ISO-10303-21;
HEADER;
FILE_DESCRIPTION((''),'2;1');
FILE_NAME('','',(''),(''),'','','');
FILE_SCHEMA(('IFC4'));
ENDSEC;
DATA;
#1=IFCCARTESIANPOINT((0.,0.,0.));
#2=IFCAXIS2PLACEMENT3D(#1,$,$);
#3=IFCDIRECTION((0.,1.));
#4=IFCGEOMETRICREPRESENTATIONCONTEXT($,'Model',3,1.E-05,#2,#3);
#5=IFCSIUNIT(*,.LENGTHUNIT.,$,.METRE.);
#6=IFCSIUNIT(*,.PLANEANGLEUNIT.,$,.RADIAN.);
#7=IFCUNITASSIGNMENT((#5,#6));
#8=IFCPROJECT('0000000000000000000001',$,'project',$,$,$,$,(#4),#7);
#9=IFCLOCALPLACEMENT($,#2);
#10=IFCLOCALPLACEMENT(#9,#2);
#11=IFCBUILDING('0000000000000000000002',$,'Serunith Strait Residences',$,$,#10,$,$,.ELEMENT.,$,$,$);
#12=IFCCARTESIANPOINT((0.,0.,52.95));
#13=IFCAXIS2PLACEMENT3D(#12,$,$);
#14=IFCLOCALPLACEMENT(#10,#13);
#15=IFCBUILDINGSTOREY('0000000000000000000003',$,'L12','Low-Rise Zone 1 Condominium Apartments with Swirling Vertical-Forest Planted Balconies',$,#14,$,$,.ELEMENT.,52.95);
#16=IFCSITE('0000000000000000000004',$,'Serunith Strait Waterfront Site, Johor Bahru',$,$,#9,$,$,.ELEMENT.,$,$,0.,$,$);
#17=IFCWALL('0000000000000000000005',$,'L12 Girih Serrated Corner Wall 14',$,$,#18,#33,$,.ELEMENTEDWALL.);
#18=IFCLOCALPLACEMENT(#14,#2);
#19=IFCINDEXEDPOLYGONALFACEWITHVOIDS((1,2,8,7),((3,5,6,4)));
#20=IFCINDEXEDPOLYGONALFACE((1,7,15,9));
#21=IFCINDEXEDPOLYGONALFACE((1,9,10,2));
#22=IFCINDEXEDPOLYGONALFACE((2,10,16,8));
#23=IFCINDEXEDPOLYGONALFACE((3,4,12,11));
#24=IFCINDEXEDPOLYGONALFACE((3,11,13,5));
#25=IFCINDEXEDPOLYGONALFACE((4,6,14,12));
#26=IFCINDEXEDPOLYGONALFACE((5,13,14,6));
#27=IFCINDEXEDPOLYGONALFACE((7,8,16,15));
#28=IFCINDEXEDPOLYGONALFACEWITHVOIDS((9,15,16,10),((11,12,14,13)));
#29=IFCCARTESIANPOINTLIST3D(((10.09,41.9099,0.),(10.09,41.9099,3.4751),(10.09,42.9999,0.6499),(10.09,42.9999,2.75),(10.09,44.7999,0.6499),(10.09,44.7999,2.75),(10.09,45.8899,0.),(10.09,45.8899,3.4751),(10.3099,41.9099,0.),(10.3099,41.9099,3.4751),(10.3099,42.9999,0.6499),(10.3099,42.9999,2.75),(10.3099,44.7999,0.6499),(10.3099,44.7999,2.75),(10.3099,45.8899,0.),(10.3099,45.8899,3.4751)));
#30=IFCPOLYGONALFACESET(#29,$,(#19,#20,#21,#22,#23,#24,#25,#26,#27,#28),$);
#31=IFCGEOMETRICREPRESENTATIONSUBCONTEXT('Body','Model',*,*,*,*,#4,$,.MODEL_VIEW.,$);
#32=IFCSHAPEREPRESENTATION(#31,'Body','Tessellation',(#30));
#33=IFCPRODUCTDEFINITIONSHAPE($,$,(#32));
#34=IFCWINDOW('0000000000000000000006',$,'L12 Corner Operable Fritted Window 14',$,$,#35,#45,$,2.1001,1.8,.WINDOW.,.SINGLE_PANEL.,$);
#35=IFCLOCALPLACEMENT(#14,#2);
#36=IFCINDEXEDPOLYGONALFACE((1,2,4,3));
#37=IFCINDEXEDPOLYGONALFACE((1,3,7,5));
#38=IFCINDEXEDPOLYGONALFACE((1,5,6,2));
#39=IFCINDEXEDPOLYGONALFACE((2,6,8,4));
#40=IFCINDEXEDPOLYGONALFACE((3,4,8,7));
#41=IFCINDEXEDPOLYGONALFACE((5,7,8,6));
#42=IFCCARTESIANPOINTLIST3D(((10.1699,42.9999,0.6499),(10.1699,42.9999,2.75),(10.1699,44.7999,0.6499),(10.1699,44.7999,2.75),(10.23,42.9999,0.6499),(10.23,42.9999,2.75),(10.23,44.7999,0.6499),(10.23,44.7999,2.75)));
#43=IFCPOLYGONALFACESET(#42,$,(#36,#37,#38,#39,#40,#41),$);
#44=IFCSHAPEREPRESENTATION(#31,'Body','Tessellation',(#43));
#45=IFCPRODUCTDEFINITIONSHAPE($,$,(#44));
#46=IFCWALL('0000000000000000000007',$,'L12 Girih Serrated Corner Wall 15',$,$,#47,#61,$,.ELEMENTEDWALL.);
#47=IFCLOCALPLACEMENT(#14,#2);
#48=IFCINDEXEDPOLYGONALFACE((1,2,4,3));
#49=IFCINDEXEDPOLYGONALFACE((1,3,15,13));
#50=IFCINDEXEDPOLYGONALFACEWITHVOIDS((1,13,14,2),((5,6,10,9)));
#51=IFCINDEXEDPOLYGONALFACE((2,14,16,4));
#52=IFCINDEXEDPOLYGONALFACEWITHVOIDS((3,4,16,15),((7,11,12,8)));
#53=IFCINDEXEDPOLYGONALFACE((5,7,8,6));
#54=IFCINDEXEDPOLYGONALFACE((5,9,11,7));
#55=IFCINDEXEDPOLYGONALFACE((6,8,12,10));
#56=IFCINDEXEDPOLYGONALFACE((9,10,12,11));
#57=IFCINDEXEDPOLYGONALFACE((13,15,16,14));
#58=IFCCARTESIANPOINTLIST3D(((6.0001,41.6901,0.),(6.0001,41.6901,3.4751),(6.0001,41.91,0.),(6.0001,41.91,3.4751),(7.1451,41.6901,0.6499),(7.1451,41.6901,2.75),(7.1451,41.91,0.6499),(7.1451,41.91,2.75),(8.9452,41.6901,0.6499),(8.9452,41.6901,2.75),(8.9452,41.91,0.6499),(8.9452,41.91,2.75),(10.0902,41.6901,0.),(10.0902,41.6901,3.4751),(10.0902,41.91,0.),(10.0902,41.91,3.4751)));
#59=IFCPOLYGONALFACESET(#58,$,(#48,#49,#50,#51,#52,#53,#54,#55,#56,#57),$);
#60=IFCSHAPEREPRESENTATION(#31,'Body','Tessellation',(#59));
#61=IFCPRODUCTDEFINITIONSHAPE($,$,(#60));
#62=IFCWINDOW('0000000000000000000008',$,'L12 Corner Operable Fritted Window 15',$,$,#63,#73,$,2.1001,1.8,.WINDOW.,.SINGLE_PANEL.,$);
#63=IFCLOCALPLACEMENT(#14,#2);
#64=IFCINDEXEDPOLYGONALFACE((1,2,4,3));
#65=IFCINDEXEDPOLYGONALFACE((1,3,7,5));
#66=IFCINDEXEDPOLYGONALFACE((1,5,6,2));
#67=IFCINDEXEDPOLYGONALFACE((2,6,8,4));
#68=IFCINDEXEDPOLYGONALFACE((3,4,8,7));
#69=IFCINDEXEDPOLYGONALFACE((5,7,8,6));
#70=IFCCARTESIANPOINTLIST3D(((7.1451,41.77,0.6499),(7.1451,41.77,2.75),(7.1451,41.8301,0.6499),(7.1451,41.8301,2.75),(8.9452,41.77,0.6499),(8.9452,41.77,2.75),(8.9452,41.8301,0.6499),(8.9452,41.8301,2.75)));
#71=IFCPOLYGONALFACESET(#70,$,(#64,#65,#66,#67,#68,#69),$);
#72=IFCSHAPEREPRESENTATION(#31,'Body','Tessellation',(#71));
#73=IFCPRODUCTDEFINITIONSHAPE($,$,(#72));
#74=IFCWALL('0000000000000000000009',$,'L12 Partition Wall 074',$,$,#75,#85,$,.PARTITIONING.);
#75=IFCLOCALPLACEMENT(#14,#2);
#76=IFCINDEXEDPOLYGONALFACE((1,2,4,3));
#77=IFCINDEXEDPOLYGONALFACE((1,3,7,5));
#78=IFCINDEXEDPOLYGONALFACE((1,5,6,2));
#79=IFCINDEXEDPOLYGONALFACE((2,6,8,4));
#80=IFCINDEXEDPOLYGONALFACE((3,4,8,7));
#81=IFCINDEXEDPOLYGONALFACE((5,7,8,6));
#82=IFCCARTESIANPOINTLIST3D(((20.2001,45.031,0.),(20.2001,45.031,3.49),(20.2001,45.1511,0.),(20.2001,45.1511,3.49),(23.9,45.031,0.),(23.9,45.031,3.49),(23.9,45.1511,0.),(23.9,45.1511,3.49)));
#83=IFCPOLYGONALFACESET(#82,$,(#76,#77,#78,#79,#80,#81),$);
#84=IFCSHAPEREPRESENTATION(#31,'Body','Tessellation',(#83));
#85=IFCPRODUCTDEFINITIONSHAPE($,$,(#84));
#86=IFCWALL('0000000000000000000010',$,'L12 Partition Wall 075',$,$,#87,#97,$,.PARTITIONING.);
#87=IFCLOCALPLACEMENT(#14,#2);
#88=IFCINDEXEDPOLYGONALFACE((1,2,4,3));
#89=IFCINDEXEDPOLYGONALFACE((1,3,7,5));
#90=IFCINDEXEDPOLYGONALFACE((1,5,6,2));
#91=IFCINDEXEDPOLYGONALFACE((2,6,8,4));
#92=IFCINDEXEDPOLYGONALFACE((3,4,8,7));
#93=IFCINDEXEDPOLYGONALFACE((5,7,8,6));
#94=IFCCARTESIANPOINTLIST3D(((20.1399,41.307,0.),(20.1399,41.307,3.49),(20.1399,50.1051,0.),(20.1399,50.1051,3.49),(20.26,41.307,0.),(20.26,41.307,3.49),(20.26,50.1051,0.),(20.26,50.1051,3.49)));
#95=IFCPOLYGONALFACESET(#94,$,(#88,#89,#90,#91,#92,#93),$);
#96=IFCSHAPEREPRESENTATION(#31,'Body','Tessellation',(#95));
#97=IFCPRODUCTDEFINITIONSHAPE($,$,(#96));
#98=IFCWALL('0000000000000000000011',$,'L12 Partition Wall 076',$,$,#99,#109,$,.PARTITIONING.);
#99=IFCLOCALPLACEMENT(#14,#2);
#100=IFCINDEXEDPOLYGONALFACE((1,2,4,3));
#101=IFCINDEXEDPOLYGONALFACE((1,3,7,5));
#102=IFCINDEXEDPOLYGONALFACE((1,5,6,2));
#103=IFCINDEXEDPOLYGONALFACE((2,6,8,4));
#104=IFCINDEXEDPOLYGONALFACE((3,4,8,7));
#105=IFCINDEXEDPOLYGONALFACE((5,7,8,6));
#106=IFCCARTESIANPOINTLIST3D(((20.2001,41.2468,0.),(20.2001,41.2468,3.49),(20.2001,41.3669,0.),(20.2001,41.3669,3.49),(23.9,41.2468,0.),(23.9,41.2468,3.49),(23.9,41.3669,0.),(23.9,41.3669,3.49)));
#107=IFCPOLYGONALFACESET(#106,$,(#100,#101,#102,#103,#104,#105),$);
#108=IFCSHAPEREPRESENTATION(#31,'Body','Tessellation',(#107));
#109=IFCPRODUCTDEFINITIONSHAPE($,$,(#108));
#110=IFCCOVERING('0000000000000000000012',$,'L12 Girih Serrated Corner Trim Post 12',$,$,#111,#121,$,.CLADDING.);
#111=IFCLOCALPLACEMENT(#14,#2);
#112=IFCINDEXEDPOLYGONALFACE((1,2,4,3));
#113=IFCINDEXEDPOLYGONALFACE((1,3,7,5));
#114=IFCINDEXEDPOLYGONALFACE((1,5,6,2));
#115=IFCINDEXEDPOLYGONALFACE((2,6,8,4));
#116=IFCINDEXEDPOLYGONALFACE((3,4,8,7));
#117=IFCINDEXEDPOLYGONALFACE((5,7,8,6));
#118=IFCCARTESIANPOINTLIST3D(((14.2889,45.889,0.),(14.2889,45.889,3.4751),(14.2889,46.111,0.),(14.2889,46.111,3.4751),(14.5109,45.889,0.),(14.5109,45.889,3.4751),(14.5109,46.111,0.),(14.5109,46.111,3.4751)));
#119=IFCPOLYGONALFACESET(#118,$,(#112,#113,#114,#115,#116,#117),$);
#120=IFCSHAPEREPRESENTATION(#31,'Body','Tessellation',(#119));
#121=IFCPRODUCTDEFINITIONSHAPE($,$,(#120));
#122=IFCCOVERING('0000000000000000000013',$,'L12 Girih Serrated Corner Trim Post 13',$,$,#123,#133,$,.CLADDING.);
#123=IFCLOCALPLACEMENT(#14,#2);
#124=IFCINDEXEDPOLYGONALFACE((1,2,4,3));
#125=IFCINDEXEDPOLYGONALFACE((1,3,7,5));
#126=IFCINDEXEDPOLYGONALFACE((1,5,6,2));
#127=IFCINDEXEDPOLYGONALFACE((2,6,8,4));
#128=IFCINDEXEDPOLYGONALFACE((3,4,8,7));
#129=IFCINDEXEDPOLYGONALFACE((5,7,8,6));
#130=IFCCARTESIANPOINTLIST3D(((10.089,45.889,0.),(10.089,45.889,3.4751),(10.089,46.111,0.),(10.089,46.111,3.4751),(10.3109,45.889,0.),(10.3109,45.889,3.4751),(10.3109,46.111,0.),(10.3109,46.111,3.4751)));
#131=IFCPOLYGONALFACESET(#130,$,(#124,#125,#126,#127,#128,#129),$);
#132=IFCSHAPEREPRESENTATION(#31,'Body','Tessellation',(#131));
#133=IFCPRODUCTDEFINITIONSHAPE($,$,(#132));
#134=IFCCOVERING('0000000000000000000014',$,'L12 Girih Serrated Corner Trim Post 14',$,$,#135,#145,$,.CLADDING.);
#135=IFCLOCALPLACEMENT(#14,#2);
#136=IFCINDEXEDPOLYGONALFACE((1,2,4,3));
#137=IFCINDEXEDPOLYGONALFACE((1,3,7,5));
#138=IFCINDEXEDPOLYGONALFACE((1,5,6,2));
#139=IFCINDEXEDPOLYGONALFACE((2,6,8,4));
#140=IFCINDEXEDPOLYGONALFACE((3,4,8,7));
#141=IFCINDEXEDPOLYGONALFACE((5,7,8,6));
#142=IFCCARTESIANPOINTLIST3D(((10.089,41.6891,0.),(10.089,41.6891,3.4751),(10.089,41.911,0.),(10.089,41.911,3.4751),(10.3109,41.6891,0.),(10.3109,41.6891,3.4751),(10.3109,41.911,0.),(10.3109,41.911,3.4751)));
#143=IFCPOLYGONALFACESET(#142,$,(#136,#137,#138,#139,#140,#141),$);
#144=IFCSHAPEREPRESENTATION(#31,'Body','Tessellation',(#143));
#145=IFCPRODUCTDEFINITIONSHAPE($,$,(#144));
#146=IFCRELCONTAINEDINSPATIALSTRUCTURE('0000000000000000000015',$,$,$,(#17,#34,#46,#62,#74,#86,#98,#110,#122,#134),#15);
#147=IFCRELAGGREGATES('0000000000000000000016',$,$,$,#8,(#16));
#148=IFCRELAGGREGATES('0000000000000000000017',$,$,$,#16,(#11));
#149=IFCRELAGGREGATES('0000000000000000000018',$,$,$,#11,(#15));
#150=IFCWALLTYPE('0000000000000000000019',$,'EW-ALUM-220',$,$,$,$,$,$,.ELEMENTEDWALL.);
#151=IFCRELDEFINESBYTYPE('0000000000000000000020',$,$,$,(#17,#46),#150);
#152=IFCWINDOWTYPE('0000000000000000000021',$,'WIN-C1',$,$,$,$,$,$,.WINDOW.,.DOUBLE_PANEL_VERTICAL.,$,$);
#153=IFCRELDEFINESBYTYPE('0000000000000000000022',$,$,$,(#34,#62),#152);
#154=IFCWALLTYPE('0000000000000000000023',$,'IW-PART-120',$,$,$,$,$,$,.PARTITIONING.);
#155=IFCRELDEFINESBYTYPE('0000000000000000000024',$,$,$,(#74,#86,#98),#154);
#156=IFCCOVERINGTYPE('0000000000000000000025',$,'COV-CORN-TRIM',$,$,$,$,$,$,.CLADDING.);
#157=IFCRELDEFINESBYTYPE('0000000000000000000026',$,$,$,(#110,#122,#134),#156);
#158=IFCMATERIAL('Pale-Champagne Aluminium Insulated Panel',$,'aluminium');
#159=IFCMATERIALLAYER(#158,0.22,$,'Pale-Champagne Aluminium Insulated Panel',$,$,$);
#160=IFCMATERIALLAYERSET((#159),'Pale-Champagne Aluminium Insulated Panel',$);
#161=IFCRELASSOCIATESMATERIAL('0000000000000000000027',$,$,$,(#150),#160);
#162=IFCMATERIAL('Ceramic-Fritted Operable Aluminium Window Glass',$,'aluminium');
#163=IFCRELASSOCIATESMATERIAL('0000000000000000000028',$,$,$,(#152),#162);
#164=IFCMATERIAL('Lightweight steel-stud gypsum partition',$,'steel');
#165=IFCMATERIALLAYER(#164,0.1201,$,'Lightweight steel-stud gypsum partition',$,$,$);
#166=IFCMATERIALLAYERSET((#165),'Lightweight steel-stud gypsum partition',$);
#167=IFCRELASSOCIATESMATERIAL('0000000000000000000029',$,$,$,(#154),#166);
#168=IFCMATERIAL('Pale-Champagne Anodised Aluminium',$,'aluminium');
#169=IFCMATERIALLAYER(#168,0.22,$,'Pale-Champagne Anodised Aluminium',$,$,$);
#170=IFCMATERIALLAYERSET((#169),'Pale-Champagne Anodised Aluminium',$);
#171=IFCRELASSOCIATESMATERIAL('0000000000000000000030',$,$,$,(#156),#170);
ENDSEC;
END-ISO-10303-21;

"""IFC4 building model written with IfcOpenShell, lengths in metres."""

from ifc_helpers import new_model, si_unit, direction, frame, frame_2d, origin, origin_2d, place, context, subcontext, project, spatial, rectangle, extrude, source, transform, mapped, material, layer, layer_set, type_object, element, fill, save


model = new_model("IFC4")

# Units and contexts
model_context = context("Model", 3, precision=1e-05, world=origin(), true_north=direction((0.0, 1.0)))
body_context = subcontext(model_context, "Body", "Model", "MODEL_VIEW")
ifc_project = project(units=[si_unit("LENGTHUNIT", "METRE"), si_unit("PLANEANGLEUNIT", "RADIAN")], contexts=[model_context])

# Site, building, storey
site_placement = place(None, origin())
site = spatial("IfcSite", under=ifc_project, at=site_placement, Name="Serunith Strait Waterfront Site, Johor Bahru", CompositionType="ELEMENT", RefElevation=0.0)
building_placement = place(site_placement, origin())
building = spatial("IfcBuilding", under=site, at=building_placement, Name="Serunith Strait Residences", CompositionType="ELEMENT")
storey_placement = place(building_placement, frame((0.0, 0.0, 52.95)))
storey = spatial("IfcBuildingStorey", under=building, at=storey_placement, Name="L12", Description="Low-Rise Zone 1 Condominium Apartments with Swirling Vertical-Forest Planted Balconies", CompositionType="ELEMENT", Elevation=52.95)

# Shared definitions
ifc_material_1 = material(Name="Pale-Champagne Anodised Aluminium", Category="aluminium")

# Walls, openings, windows
ifc_material_2 = material(Name="Pale-Champagne Aluminium Insulated Panel", Category="aluminium")
ifc_layer_1 = layer(ifc_material_2, 0.22, Name="Pale-Champagne Aluminium Insulated Panel")
ifc_layer_set_1 = layer_set([ifc_layer_1], Name="Pale-Champagne Aluminium Insulated Panel")
wall_type_1 = type_object("IfcWallType", Name="EW-ALUM-220", PredefinedType="ELEMENTEDWALL", material=ifc_layer_set_1)
ifc_material_3 = material(Name="Ceramic-Fritted Operable Aluminium Window Glass", Category="aluminium")
window_type = type_object("IfcWindowType", Name="WIN-C1", PartitioningType="DOUBLE_PANEL_VERTICAL", PredefinedType="WINDOW", material=ifc_material_3)
shared_shape_1 = source(origin(), body_context, "Body", "SweptSolid", [
    extrude(rectangle(XDim=1.8, YDim=2.1001, at=frame_2d((0.8999, 1.05))), frame((0.0, 0.03, 0.0), z_axis=(0.0, -1.0, 0.0), x_axis=(1.0, 0.0, 0.0)), (0.0, 0.0, 1.0), 0.0601),
])
wall_1_placement = place(storey_placement, frame((10.2, 45.8899, 0.0), z_axis=(0.0, 0.0, 1.0), x_axis=(0.0, -1.0, 0.0)))
wall_1 = element("IfcWall", 1, at=wall_1_placement, inside=storey, type_object=wall_type_1, Name="L12 Girih Serrated Corner Wall 14", PredefinedType="ELEMENTEDWALL", context=body_context, shape_type="SweptSolid", body=[
    extrude(rectangle(XDim=3.98, YDim=0.22, at=frame_2d((1.99, 0.0))), origin(), (0.0, 0.0, 1.0), 3.4751),
])
opening_1_placement = place(wall_1_placement, frame((1.0901, 0.0, 0.6499)))
opening_1 = element("IfcOpeningElement", 2, at=opening_1_placement, cuts=wall_1, PredefinedType="OPENING", context=body_context, shape_type="SweptSolid", body=[
    extrude(rectangle(XDim=1.8, YDim=2.1001, at=frame_2d((0.8999, 1.05))), frame((0.0, 0.1201, 0.0), z_axis=(0.0, -1.0, 0.0), x_axis=(1.0, 0.0, 0.0)), (0.0, 0.0, 1.0), 0.24),
])
window_1_placement = place(opening_1_placement, origin())
window_1 = element("IfcWindow", 3, at=window_1_placement, inside=storey, type_object=window_type, Name="L12 Corner Operable Fritted Window 14", OverallHeight=2.1001, OverallWidth=1.8, PartitioningType="SINGLE_PANEL", PredefinedType="WINDOW", context=body_context, shape_type="MappedRepresentation", body=[
    mapped(shared_shape_1, transform((0.0, 0.0, 0.0), scale=1.0)),
])
fill(opening_1, window_1)
wall_2_placement = place(storey_placement, frame((10.0901, 41.8, 0.0), z_axis=(0.0, 0.0, 1.0), x_axis=(-1.0, 0.0, 0.0)))
wall_2 = element("IfcWall", 4, at=wall_2_placement, inside=storey, type_object=wall_type_1, Name="L12 Girih Serrated Corner Wall 15", PredefinedType="ELEMENTEDWALL", context=body_context, shape_type="SweptSolid", body=[
    extrude(rectangle(XDim=4.0901, YDim=0.22, at=frame_2d((2.0449, 0.0))), origin(), (0.0, 0.0, 1.0), 3.4751),
])
opening_2_placement = place(wall_2_placement, frame((1.145, 0.0, 0.6499)))
opening_2 = element("IfcOpeningElement", 5, at=opening_2_placement, cuts=wall_2, PredefinedType="OPENING", context=body_context, shape_type="SweptSolid", body=[
    extrude(rectangle(XDim=1.8, YDim=2.1001, at=frame_2d((0.8999, 1.05))), frame((0.0, 0.1201, 0.0), z_axis=(0.0, -1.0, 0.0), x_axis=(1.0, 0.0, 0.0)), (0.0, 0.0, 1.0), 0.24),
])
window_2_placement = place(opening_2_placement, origin())
window_2 = element("IfcWindow", 6, at=window_2_placement, inside=storey, type_object=window_type, Name="L12 Corner Operable Fritted Window 15", OverallHeight=2.1001, OverallWidth=1.8, PartitioningType="SINGLE_PANEL", PredefinedType="WINDOW", context=body_context, shape_type="MappedRepresentation", body=[
    mapped(shared_shape_1, transform((0.0, 0.0, 0.0), scale=1.0)),
])
fill(opening_2, window_2)

# Walls
ifc_material_4 = material(Name="Lightweight steel-stud gypsum partition", Category="steel")
ifc_layer_2 = layer(ifc_material_4, 0.1201, Name="Lightweight steel-stud gypsum partition")
ifc_layer_set_2 = layer_set([ifc_layer_2], Name="Lightweight steel-stud gypsum partition")
wall_type_2 = type_object("IfcWallType", Name="IW-PART-120", PredefinedType="PARTITIONING", material=ifc_layer_set_2)
wall_3_placement = place(storey_placement, frame((20.2, 45.0911, 0.0), z_axis=(0.0, 0.0, 1.0), x_axis=(1.0, 0.0, 0.0)))
element("IfcWall", 7, at=wall_3_placement, inside=storey, type_object=wall_type_2, Name="L12 Partition Wall 074", PredefinedType="PARTITIONING", context=body_context, shape_type="SweptSolid", body=[
    extrude(rectangle(XDim=3.7, YDim=0.1201, at=frame_2d((1.8501, 0.0))), origin(), (0.0, 0.0, 1.0), 3.49),
])
wall_4_placement = place(storey_placement, frame((20.2, 50.105, 0.0), z_axis=(0.0, 0.0, 1.0), x_axis=(0.0, -1.0, 0.0)))
element("IfcWall", 8, at=wall_4_placement, inside=storey, type_object=wall_type_2, Name="L12 Partition Wall 075", PredefinedType="PARTITIONING", context=body_context, shape_type="SweptSolid", body=[
    extrude(rectangle(XDim=8.7981, YDim=0.1201, at=frame_2d((4.3989, 0.0))), origin(), (0.0, 0.0, 1.0), 3.49),
])
wall_5_placement = place(storey_placement, frame((20.2, 41.3069, 0.0), z_axis=(0.0, 0.0, 1.0), x_axis=(1.0, 0.0, 0.0)))
element("IfcWall", 9, at=wall_5_placement, inside=storey, type_object=wall_type_2, Name="L12 Partition Wall 076", PredefinedType="PARTITIONING", context=body_context, shape_type="SweptSolid", body=[
    extrude(rectangle(XDim=3.7, YDim=0.1201, at=frame_2d((1.8501, 0.0))), origin(), (0.0, 0.0, 1.0), 3.49),
])

# Coverings
ifc_layer_3 = layer(ifc_material_1, 0.22, Name="Pale-Champagne Anodised Aluminium")
ifc_layer_set_3 = layer_set([ifc_layer_3], Name="Pale-Champagne Anodised Aluminium")
covering_type = type_object("IfcCoveringType", Name="COV-CORN-TRIM", PredefinedType="CLADDING", material=ifc_layer_set_3)
shared_shape_2 = source(origin(), body_context, "Body", "SweptSolid", [
    extrude(rectangle(XDim=0.2219, YDim=0.2219, at=origin_2d()), origin(), (0.0, 0.0, 1.0), 3.4751),
])
for number, where, z_axis, x_axis, name in (
    (10, (14.3999, 46.0, 0.0), (0.0, 0.0, 1.0), (1.0, 0.0, 0.0), "L12 Girih Serrated Corner Trim Post 12"),
    (11, (10.2, 46.0, 0.0), (0.0, 0.0, 1.0), (1.0, 0.0, 0.0), "L12 Girih Serrated Corner Trim Post 13"),
    (12, (10.2, 41.8, 0.0), (0.0, 0.0, 1.0), (1.0, 0.0, 0.0), "L12 Girih Serrated Corner Trim Post 14"),
):
    element("IfcCovering", number, at=place(storey_placement, frame(where, z_axis=z_axis, x_axis=x_axis)), inside=storey, type_object=covering_type, Name=name, PredefinedType="CLADDING", context=body_context, shape_type="MappedRepresentation", body=[
        mapped(shared_shape_2, transform((0.0, 0.0, 0.0), scale=1.0)),
    ])

save(model, "model.ifc")
